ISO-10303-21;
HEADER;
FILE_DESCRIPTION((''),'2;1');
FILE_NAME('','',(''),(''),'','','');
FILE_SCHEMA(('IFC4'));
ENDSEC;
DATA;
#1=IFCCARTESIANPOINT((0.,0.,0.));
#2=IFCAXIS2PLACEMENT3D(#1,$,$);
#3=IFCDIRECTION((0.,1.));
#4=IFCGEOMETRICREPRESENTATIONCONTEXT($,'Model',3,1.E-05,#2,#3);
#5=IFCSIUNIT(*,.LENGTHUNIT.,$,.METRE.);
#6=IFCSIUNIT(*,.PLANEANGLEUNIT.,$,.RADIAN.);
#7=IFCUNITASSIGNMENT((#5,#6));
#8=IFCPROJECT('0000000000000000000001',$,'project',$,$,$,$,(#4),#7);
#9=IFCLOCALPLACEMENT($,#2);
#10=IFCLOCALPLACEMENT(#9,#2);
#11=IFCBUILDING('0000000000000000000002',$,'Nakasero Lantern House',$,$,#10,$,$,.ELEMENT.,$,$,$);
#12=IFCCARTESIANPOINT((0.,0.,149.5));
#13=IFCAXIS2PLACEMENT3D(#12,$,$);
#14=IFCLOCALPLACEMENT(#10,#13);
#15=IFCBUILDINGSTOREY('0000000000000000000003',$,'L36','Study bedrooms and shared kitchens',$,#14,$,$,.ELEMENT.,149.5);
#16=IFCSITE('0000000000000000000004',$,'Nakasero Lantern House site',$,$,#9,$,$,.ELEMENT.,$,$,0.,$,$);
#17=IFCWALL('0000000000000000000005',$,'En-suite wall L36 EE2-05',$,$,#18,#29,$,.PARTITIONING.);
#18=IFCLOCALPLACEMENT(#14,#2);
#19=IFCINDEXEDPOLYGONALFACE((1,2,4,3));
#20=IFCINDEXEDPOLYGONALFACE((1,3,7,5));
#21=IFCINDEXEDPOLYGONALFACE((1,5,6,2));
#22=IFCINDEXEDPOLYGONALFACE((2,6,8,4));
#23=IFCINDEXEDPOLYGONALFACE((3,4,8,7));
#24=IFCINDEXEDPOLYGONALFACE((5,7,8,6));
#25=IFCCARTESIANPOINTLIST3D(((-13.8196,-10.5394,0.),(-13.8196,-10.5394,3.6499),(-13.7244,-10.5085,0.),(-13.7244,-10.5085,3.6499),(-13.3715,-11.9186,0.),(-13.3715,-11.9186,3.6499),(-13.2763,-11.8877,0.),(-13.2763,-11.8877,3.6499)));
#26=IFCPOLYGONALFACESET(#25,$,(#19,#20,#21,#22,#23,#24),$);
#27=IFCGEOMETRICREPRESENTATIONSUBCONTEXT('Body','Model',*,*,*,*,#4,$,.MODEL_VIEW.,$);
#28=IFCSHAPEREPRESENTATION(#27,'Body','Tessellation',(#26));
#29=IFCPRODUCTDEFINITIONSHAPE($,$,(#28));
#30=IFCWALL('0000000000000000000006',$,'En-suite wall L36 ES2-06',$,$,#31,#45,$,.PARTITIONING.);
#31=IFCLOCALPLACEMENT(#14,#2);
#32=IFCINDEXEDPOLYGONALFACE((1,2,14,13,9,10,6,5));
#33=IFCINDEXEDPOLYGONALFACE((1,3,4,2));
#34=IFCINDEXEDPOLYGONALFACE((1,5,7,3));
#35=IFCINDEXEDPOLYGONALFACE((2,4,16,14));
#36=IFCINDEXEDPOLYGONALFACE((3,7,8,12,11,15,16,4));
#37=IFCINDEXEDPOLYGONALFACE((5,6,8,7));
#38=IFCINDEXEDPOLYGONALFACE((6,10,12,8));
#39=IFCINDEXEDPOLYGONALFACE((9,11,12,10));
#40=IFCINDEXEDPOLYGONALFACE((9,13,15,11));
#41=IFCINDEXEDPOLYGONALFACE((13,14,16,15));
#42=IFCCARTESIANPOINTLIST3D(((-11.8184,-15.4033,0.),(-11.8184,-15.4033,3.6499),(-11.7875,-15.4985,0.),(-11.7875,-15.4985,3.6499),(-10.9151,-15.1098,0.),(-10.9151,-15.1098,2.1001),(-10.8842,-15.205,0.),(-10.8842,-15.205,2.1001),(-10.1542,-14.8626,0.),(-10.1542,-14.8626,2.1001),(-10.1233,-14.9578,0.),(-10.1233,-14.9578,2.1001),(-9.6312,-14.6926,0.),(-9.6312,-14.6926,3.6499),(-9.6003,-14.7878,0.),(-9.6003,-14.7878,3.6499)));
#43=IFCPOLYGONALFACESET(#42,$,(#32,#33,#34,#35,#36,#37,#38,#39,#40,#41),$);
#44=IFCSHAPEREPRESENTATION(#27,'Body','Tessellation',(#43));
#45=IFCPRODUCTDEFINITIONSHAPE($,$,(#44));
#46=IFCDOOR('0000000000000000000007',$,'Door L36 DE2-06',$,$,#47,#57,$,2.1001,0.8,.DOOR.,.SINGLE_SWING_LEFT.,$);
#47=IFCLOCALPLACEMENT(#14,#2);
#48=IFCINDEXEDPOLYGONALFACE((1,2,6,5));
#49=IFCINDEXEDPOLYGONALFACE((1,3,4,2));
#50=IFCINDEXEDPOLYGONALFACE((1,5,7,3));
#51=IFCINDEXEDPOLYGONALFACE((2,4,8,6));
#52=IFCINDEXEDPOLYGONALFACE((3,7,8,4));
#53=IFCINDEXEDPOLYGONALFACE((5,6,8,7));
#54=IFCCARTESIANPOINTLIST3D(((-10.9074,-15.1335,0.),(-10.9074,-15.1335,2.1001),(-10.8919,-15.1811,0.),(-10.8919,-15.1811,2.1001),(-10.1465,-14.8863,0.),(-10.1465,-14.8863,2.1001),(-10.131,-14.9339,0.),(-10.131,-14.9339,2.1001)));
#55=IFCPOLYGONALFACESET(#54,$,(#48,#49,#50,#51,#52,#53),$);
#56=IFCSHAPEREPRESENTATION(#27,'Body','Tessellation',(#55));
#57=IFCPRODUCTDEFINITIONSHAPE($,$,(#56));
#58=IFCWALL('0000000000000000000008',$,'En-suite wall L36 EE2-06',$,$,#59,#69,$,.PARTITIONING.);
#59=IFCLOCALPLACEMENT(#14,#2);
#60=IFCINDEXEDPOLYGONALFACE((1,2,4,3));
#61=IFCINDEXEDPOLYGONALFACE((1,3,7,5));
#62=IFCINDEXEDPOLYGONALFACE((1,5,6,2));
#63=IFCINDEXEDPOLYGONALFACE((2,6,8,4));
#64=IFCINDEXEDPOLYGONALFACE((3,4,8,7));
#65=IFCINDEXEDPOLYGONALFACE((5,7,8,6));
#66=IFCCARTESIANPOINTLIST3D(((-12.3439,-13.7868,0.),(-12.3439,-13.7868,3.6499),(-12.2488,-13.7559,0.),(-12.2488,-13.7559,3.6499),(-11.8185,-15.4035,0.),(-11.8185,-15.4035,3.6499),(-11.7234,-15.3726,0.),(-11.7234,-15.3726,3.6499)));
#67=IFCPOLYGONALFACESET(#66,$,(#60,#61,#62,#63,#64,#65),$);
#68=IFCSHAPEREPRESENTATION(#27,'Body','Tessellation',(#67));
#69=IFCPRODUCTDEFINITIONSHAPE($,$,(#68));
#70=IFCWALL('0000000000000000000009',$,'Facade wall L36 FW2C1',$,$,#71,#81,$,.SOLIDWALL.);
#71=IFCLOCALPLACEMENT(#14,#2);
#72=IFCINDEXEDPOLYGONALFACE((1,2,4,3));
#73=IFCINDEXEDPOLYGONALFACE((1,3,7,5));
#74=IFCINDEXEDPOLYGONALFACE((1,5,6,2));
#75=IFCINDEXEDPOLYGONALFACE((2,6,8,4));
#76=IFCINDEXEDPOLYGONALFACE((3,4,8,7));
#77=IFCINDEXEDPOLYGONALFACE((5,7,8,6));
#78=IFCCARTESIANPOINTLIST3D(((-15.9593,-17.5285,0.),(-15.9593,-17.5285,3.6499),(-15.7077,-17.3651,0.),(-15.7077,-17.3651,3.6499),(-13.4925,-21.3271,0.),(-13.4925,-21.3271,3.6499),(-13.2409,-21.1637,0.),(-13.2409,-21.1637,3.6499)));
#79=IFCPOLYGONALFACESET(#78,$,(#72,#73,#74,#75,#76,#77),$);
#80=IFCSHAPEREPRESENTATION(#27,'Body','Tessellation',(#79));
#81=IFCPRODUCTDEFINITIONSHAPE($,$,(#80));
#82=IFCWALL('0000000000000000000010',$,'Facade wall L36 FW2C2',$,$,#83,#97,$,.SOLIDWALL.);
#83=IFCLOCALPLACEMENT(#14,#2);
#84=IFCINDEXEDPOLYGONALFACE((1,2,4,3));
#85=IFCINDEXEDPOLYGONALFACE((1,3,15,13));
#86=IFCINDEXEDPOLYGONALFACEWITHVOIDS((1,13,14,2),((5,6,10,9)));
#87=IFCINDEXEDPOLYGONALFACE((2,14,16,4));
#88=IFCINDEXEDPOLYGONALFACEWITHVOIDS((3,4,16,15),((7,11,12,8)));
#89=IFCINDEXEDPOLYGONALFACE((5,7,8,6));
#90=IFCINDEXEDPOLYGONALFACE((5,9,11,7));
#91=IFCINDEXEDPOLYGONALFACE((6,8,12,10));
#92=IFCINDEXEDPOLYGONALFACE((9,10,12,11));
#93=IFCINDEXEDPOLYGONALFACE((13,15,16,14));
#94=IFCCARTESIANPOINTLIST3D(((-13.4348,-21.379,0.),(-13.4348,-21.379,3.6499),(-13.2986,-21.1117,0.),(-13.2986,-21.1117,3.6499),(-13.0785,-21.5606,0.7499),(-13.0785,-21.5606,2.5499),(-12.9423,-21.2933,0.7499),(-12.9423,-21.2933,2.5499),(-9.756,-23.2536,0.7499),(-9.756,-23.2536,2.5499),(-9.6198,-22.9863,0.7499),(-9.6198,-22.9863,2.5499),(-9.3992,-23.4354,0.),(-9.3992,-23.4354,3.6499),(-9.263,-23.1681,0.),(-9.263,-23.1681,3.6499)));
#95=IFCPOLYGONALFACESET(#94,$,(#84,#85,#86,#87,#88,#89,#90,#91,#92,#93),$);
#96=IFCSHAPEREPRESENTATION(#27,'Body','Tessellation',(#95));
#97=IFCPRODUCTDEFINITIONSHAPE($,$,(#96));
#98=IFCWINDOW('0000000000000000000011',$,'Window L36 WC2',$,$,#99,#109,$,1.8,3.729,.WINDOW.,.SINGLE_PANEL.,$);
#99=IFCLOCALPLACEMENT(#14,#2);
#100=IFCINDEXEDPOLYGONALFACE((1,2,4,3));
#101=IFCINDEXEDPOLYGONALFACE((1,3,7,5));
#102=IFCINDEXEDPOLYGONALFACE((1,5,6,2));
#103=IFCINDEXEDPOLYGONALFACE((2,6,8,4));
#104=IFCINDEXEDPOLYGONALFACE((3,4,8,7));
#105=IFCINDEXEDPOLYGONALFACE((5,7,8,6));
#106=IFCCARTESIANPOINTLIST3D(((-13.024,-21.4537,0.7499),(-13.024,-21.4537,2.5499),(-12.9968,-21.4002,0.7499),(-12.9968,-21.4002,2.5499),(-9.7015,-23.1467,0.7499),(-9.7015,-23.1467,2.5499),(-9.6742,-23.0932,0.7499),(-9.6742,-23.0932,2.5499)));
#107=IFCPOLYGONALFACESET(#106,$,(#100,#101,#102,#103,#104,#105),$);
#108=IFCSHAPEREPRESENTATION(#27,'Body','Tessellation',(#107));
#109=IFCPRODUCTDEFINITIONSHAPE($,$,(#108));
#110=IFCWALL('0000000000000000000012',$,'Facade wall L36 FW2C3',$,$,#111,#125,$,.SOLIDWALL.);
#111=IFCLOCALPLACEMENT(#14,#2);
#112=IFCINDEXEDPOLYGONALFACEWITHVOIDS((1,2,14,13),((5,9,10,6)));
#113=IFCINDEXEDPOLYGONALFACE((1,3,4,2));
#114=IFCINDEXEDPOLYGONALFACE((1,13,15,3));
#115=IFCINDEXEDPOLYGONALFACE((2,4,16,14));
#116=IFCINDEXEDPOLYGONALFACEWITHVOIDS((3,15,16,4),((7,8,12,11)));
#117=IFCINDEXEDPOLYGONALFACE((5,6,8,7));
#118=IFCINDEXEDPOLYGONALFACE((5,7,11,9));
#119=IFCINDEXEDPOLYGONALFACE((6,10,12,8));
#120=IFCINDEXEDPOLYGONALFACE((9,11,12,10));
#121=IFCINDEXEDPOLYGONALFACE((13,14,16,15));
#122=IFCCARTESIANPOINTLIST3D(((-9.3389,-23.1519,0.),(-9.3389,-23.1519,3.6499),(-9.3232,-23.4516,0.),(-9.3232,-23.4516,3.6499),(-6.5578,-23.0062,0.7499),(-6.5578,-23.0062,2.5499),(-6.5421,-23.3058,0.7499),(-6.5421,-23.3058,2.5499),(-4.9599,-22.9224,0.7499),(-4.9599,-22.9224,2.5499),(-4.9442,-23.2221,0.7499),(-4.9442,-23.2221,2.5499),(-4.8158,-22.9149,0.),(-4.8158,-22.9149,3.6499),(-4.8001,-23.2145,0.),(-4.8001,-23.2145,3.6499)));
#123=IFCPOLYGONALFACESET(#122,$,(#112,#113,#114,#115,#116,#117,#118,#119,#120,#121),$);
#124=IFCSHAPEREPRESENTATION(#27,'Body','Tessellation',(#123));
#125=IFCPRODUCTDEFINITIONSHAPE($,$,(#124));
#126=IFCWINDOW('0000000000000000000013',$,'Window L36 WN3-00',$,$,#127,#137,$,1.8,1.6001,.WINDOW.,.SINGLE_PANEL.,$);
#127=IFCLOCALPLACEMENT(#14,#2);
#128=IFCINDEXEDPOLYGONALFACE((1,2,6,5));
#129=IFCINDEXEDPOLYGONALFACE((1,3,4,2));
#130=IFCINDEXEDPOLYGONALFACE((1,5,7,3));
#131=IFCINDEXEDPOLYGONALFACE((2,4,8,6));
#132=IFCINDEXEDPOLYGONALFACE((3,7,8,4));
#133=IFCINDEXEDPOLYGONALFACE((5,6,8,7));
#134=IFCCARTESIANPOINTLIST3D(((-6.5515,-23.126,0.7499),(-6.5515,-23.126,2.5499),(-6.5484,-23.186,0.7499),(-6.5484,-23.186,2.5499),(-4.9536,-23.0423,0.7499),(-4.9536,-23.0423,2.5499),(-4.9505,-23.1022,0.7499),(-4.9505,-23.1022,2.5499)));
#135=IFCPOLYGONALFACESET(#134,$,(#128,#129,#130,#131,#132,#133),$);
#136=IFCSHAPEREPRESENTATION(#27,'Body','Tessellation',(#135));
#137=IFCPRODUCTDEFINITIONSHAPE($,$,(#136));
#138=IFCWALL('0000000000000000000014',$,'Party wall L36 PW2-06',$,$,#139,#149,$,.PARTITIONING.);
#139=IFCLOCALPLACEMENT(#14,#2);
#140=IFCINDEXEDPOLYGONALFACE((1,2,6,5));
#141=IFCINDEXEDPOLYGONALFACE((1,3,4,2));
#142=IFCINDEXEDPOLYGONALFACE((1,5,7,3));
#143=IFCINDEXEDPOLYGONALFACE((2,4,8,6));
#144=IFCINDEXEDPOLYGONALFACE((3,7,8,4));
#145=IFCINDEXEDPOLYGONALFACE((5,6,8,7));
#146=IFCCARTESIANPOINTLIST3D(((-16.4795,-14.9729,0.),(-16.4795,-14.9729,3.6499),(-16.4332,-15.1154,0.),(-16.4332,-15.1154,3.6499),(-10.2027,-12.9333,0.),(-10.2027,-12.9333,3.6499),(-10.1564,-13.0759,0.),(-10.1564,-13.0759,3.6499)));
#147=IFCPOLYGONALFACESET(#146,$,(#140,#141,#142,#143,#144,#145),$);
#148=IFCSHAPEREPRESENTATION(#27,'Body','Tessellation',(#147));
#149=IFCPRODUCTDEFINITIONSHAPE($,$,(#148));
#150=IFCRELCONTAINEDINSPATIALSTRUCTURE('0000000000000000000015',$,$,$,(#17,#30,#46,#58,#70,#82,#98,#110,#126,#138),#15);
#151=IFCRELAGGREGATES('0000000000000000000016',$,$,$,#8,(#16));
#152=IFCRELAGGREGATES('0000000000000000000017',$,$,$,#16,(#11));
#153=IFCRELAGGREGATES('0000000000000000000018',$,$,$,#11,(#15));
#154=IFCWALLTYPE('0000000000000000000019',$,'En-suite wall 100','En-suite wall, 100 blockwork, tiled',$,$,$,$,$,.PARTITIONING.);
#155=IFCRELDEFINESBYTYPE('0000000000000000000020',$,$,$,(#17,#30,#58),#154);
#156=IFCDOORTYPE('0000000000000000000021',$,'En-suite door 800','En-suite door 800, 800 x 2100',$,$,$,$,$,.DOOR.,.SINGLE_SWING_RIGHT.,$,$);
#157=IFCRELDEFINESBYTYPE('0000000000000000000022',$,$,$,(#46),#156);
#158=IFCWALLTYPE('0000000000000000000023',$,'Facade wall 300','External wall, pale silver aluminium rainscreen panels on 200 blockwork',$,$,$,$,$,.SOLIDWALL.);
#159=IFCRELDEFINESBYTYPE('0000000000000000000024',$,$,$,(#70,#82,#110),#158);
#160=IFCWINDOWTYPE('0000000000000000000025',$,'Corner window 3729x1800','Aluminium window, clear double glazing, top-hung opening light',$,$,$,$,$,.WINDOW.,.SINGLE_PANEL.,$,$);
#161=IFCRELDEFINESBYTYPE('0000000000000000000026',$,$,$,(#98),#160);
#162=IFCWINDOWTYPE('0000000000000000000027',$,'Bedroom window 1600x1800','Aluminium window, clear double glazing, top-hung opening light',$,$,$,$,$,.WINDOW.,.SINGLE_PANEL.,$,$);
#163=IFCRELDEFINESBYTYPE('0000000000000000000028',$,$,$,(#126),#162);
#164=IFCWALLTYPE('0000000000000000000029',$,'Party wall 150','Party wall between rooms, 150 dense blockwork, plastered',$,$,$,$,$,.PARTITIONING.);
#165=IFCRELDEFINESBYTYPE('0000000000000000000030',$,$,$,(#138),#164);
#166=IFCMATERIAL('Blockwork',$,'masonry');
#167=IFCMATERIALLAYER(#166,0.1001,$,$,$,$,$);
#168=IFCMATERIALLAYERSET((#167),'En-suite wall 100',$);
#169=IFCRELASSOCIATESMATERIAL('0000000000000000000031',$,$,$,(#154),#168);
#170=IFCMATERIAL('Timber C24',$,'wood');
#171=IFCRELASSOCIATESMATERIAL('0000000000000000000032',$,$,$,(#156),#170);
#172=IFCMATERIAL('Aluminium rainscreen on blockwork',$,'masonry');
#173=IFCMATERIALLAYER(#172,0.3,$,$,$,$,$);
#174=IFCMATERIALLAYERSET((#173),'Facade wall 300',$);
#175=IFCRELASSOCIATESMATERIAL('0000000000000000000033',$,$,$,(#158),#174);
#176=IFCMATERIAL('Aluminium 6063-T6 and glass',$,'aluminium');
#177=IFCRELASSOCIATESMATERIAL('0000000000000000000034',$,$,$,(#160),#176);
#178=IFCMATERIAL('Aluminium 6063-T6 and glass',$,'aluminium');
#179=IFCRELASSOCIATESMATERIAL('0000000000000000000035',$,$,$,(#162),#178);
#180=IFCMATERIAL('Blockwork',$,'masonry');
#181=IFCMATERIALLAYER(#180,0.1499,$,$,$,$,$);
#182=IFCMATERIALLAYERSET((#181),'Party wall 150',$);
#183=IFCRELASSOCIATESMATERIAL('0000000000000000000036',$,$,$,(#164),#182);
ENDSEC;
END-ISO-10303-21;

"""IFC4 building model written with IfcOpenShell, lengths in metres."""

from ifc_helpers import new_model, si_unit, direction, frame, frame_2d, origin, place, context, subcontext, project, spatial, rectangle, extrude, material, layer, layer_set, type_object, element, fill, save


model = new_model("IFC4")

# Units and contexts
model_context = context("Model", 3, precision=1e-05, world=origin(), true_north=direction((0.0, 1.0)))
body_context = subcontext(model_context, "Body", "Model", "MODEL_VIEW")
ifc_project = project(units=[si_unit("LENGTHUNIT", "METRE"), si_unit("PLANEANGLEUNIT", "RADIAN")], contexts=[model_context])

# Site, building, storey
site_placement = place(None, origin())
site = spatial("IfcSite", under=ifc_project, at=site_placement, Name="Nakasero Lantern House site", CompositionType="ELEMENT", RefElevation=0.0)
building_placement = place(site_placement, origin())
building = spatial("IfcBuilding", under=site, at=building_placement, Name="Nakasero Lantern House", CompositionType="ELEMENT")
storey_placement = place(building_placement, frame((0.0, 0.0, 149.5)))
storey = spatial("IfcBuildingStorey", under=building, at=storey_placement, Name="L36", Description="Study bedrooms and shared kitchens", CompositionType="ELEMENT", Elevation=149.5)

# Shared definitions
ifc_material_1 = material(Name="Blockwork", Category="masonry")
ifc_layer_1 = layer(ifc_material_1, 0.1001)
ifc_layer_set_1 = layer_set([ifc_layer_1], Name="En-suite wall 100")
wall_type_1 = type_object("IfcWallType", Name="En-suite wall 100", Description="En-suite wall, 100 blockwork, tiled", PredefinedType="PARTITIONING", material=ifc_layer_set_1)
ifc_material_2 = material(Name="Timber C24", Category="wood")
door_type = type_object("IfcDoorType", Name="En-suite door 800", Description="En-suite door 800, 800 x 2100", OperationType="SINGLE_SWING_RIGHT", PredefinedType="DOOR", material=ifc_material_2)

# Wall
wall_1_placement = place(storey_placement, frame((-13.772, -10.5239, 0.0), z_axis=(0.0, 0.0, 1.0), x_axis=(0.308945, -0.95108, 0.0)))
element("IfcWall", 1, at=wall_1_placement, inside=storey, type_object=wall_type_1, Name="En-suite wall L36 EE2-05", PredefinedType="PARTITIONING", context=body_context, shape_type="SweptSolid", body=[
    extrude(rectangle(XDim=1.4502, YDim=0.1001, at=frame_2d((0.7251, 0.0))), origin(), (0.0, 0.0, 1.0), 3.6499),
])

# Wall, opening, door
wall_2_placement = place(storey_placement, frame((-9.6157, -14.7402, 0.0), z_axis=(0.0, 0.0, 1.0), x_axis=(-0.951055, -0.309021, 0.0)))
wall_2 = element("IfcWall", 2, at=wall_2_placement, inside=storey, type_object=wall_type_1, Name="En-suite wall L36 ES2-06", PredefinedType="PARTITIONING", context=body_context, shape_type="SweptSolid", body=[
    extrude(rectangle(XDim=2.2998, YDim=0.1001, at=frame_2d((1.1499, 0.0))), origin(), (0.0, 0.0, 1.0), 3.6499),
])
opening_1_placement = place(wall_2_placement, frame((0.55, 0.0, 0.0)))
opening_1 = element("IfcOpeningElement", 3, at=opening_1_placement, cuts=wall_2, PredefinedType="OPENING", context=body_context, shape_type="SweptSolid", body=[
    extrude(rectangle(XDim=0.8, YDim=2.1001, at=frame_2d((0.3999, 1.05))), frame((0.0, 0.0701, 0.0), z_axis=(0.0, -1.0, 0.0), x_axis=(1.0, 0.0, 0.0)), (0.0, 0.0, 1.0), 0.1401),
])
door_1_placement = place(opening_1_placement, origin())
door_1 = element("IfcDoor", 4, at=door_1_placement, inside=storey, type_object=door_type, Name="Door L36 DE2-06", OperationType="SINGLE_SWING_LEFT", OverallHeight=2.1001, OverallWidth=0.8, PredefinedType="DOOR", context=body_context, shape_type="SweptSolid", body=[
    extrude(rectangle(XDim=0.8, YDim=2.1001, at=frame_2d((0.3999, 1.05))), frame((0.0, 0.0249, 0.0), z_axis=(0.0, -1.0, 0.0), x_axis=(1.0, 0.0, 0.0)), (0.0, 0.0, 1.0), 0.05),
])
fill(opening_1, door_1)

# Walls
wall_3_placement = place(storey_placement, frame((-12.2964, -13.7712, 0.0), z_axis=(0.0, 0.0, 1.0), x_axis=(0.309067, -0.95104, 0.0)))
element("IfcWall", 5, at=wall_3_placement, inside=storey, type_object=wall_type_1, Name="En-suite wall L36 EE2-06", PredefinedType="PARTITIONING", context=body_context, shape_type="SweptSolid", body=[
    extrude(rectangle(XDim=1.7, YDim=0.1001, at=frame_2d((0.8501, 0.0))), origin(), (0.0, 0.0, 1.0), 3.6499),
])
ifc_material_3 = material(Name="Aluminium rainscreen on blockwork", Category="masonry")
ifc_layer_2 = layer(ifc_material_3, 0.3)
ifc_layer_set_2 = layer_set([ifc_layer_2], Name="Facade wall 300")
wall_type_2 = type_object("IfcWallType", Name="Facade wall 300", Description="External wall, pale silver aluminium rainscreen panels on 200 blockwork", PredefinedType="SOLIDWALL", material=ifc_layer_set_2)
wall_4_placement = place(storey_placement, frame((-15.8335, -17.4468, 0.0), z_axis=(0.0, 0.0, 1.0), x_axis=(0.544634, -0.838674, 0.0)))
element("IfcWall", 6, at=wall_4_placement, inside=storey, type_object=wall_type_2, Name="Facade wall L36 FW2C1", PredefinedType="SOLIDWALL", context=body_context, shape_type="SweptSolid", body=[
    extrude(rectangle(XDim=4.5293, YDim=0.3, at=frame_2d((2.2646, 0.0))), origin(), (0.0, 0.0, 1.0), 3.6499),
])

# Walls, openings, windows
wall_5_placement = place(storey_placement, frame((-13.3667, -21.2454, 0.0), z_axis=(0.0, 0.0, 1.0), x_axis=(0.890995, -0.454014, 0.0)))
wall_5 = element("IfcWall", 7, at=wall_5_placement, inside=storey, type_object=wall_type_2, Name="Facade wall L36 FW2C2", PredefinedType="SOLIDWALL", context=body_context, shape_type="SweptSolid", body=[
    extrude(rectangle(XDim=4.5293, YDim=0.3, at=frame_2d((2.2646, 0.0))), origin(), (0.0, 0.0, 1.0), 3.6499),
])
opening_2_placement = place(wall_5_placement, frame((0.3999, 0.0, 0.75)))
opening_2 = element("IfcOpeningElement", 8, at=opening_2_placement, cuts=wall_5, PredefinedType="OPENING", context=body_context, shape_type="SweptSolid", body=[
    extrude(rectangle(XDim=3.729, YDim=1.8, at=frame_2d((1.8645, 0.8999))), frame((0.0, 0.1699, 0.0), z_axis=(0.0, -1.0, 0.0), x_axis=(1.0, 0.0, 0.0)), (0.0, 0.0, 1.0), 0.3401),
])
ifc_material_4 = material(Name="Aluminium 6063-T6 and glass", Category="aluminium")
window_type_1 = type_object("IfcWindowType", Name="Corner window 3729x1800", Description="Aluminium window, clear double glazing, top-hung opening light", PartitioningType="SINGLE_PANEL", PredefinedType="WINDOW", material=ifc_material_4)
window_1_placement = place(opening_2_placement, origin())
window_1 = element("IfcWindow", 9, at=window_1_placement, inside=storey, type_object=window_type_1, Name="Window L36 WC2", OverallHeight=1.8, OverallWidth=3.729, PartitioningType="SINGLE_PANEL", PredefinedType="WINDOW", context=body_context, shape_type="SweptSolid", body=[
    extrude(rectangle(XDim=3.729, YDim=1.8, at=frame_2d((1.8645, 0.8999))), frame((0.0, 0.03, 0.0), z_axis=(0.0, -1.0, 0.0), x_axis=(1.0, 0.0, 0.0)), (0.0, 0.0, 1.0), 0.0601),
])
fill(opening_2, window_1)
wall_6_placement = place(storey_placement, frame((-9.3311, -23.3018, 0.0), z_axis=(0.0, 0.0, 1.0), x_axis=(0.998629, 0.052338, 0.0)))
wall_6 = element("IfcWall", 10, at=wall_6_placement, inside=storey, type_object=wall_type_2, Name="Facade wall L36 FW2C3", PredefinedType="SOLIDWALL", context=body_context, shape_type="SweptSolid", body=[
    extrude(rectangle(XDim=4.5293, YDim=0.3, at=frame_2d((2.2646, 0.0))), origin(), (0.0, 0.0, 1.0), 3.6499),
])
opening_3_placement = place(wall_6_placement, frame((2.7849, 0.0, 0.75)))
opening_3 = element("IfcOpeningElement", 11, at=opening_3_placement, cuts=wall_6, PredefinedType="OPENING", context=body_context, shape_type="SweptSolid", body=[
    extrude(rectangle(XDim=1.6001, YDim=1.8, at=frame_2d((0.8, 0.8999))), frame((0.0, 0.1699, 0.0), z_axis=(0.0, -1.0, 0.0), x_axis=(1.0, 0.0, 0.0)), (0.0, 0.0, 1.0), 0.3401),
])
ifc_material_5 = material(Name="Aluminium 6063-T6 and glass", Category="aluminium")
window_type_2 = type_object("IfcWindowType", Name="Bedroom window 1600x1800", Description="Aluminium window, clear double glazing, top-hung opening light", PartitioningType="SINGLE_PANEL", PredefinedType="WINDOW", material=ifc_material_5)
window_2_placement = place(opening_3_placement, origin())
window_2 = element("IfcWindow", 12, at=window_2_placement, inside=storey, type_object=window_type_2, Name="Window L36 WN3-00", OverallHeight=1.8, OverallWidth=1.6001, PartitioningType="SINGLE_PANEL", PredefinedType="WINDOW", context=body_context, shape_type="SweptSolid", body=[
    extrude(rectangle(XDim=1.6001, YDim=1.8, at=frame_2d((0.8, 0.8999))), frame((0.0, 0.03, 0.0), z_axis=(0.0, -1.0, 0.0), x_axis=(1.0, 0.0, 0.0)), (0.0, 0.0, 1.0), 0.0601),
])
fill(opening_3, window_2)

# Wall
ifc_material_6 = material(Name="Blockwork", Category="masonry")
ifc_layer_3 = layer(ifc_material_6, 0.1499)
ifc_layer_set_3 = layer_set([ifc_layer_3], Name="Party wall 150")
wall_type_3 = type_object("IfcWallType", Name="Party wall 150", Description="Party wall between rooms, 150 dense blockwork, plastered", PredefinedType="PARTITIONING", material=ifc_layer_set_3)
wall_7_placement = place(storey_placement, frame((-10.1797, -13.0046, 0.0), z_axis=(0.0, 0.0, 1.0), x_axis=(-0.951053, -0.309028, 0.0)))
element("IfcWall", 13, at=wall_7_placement, inside=storey, type_object=wall_type_3, Name="Party wall L36 PW2-06", PredefinedType="PARTITIONING", context=body_context, shape_type="SweptSolid", body=[
    extrude(rectangle(XDim=6.5999, YDim=0.1499, at=frame_2d((3.2998, 0.0))), origin(), (0.0, 0.0, 1.0), 3.6499),
])

save(model, "model.ifc")
